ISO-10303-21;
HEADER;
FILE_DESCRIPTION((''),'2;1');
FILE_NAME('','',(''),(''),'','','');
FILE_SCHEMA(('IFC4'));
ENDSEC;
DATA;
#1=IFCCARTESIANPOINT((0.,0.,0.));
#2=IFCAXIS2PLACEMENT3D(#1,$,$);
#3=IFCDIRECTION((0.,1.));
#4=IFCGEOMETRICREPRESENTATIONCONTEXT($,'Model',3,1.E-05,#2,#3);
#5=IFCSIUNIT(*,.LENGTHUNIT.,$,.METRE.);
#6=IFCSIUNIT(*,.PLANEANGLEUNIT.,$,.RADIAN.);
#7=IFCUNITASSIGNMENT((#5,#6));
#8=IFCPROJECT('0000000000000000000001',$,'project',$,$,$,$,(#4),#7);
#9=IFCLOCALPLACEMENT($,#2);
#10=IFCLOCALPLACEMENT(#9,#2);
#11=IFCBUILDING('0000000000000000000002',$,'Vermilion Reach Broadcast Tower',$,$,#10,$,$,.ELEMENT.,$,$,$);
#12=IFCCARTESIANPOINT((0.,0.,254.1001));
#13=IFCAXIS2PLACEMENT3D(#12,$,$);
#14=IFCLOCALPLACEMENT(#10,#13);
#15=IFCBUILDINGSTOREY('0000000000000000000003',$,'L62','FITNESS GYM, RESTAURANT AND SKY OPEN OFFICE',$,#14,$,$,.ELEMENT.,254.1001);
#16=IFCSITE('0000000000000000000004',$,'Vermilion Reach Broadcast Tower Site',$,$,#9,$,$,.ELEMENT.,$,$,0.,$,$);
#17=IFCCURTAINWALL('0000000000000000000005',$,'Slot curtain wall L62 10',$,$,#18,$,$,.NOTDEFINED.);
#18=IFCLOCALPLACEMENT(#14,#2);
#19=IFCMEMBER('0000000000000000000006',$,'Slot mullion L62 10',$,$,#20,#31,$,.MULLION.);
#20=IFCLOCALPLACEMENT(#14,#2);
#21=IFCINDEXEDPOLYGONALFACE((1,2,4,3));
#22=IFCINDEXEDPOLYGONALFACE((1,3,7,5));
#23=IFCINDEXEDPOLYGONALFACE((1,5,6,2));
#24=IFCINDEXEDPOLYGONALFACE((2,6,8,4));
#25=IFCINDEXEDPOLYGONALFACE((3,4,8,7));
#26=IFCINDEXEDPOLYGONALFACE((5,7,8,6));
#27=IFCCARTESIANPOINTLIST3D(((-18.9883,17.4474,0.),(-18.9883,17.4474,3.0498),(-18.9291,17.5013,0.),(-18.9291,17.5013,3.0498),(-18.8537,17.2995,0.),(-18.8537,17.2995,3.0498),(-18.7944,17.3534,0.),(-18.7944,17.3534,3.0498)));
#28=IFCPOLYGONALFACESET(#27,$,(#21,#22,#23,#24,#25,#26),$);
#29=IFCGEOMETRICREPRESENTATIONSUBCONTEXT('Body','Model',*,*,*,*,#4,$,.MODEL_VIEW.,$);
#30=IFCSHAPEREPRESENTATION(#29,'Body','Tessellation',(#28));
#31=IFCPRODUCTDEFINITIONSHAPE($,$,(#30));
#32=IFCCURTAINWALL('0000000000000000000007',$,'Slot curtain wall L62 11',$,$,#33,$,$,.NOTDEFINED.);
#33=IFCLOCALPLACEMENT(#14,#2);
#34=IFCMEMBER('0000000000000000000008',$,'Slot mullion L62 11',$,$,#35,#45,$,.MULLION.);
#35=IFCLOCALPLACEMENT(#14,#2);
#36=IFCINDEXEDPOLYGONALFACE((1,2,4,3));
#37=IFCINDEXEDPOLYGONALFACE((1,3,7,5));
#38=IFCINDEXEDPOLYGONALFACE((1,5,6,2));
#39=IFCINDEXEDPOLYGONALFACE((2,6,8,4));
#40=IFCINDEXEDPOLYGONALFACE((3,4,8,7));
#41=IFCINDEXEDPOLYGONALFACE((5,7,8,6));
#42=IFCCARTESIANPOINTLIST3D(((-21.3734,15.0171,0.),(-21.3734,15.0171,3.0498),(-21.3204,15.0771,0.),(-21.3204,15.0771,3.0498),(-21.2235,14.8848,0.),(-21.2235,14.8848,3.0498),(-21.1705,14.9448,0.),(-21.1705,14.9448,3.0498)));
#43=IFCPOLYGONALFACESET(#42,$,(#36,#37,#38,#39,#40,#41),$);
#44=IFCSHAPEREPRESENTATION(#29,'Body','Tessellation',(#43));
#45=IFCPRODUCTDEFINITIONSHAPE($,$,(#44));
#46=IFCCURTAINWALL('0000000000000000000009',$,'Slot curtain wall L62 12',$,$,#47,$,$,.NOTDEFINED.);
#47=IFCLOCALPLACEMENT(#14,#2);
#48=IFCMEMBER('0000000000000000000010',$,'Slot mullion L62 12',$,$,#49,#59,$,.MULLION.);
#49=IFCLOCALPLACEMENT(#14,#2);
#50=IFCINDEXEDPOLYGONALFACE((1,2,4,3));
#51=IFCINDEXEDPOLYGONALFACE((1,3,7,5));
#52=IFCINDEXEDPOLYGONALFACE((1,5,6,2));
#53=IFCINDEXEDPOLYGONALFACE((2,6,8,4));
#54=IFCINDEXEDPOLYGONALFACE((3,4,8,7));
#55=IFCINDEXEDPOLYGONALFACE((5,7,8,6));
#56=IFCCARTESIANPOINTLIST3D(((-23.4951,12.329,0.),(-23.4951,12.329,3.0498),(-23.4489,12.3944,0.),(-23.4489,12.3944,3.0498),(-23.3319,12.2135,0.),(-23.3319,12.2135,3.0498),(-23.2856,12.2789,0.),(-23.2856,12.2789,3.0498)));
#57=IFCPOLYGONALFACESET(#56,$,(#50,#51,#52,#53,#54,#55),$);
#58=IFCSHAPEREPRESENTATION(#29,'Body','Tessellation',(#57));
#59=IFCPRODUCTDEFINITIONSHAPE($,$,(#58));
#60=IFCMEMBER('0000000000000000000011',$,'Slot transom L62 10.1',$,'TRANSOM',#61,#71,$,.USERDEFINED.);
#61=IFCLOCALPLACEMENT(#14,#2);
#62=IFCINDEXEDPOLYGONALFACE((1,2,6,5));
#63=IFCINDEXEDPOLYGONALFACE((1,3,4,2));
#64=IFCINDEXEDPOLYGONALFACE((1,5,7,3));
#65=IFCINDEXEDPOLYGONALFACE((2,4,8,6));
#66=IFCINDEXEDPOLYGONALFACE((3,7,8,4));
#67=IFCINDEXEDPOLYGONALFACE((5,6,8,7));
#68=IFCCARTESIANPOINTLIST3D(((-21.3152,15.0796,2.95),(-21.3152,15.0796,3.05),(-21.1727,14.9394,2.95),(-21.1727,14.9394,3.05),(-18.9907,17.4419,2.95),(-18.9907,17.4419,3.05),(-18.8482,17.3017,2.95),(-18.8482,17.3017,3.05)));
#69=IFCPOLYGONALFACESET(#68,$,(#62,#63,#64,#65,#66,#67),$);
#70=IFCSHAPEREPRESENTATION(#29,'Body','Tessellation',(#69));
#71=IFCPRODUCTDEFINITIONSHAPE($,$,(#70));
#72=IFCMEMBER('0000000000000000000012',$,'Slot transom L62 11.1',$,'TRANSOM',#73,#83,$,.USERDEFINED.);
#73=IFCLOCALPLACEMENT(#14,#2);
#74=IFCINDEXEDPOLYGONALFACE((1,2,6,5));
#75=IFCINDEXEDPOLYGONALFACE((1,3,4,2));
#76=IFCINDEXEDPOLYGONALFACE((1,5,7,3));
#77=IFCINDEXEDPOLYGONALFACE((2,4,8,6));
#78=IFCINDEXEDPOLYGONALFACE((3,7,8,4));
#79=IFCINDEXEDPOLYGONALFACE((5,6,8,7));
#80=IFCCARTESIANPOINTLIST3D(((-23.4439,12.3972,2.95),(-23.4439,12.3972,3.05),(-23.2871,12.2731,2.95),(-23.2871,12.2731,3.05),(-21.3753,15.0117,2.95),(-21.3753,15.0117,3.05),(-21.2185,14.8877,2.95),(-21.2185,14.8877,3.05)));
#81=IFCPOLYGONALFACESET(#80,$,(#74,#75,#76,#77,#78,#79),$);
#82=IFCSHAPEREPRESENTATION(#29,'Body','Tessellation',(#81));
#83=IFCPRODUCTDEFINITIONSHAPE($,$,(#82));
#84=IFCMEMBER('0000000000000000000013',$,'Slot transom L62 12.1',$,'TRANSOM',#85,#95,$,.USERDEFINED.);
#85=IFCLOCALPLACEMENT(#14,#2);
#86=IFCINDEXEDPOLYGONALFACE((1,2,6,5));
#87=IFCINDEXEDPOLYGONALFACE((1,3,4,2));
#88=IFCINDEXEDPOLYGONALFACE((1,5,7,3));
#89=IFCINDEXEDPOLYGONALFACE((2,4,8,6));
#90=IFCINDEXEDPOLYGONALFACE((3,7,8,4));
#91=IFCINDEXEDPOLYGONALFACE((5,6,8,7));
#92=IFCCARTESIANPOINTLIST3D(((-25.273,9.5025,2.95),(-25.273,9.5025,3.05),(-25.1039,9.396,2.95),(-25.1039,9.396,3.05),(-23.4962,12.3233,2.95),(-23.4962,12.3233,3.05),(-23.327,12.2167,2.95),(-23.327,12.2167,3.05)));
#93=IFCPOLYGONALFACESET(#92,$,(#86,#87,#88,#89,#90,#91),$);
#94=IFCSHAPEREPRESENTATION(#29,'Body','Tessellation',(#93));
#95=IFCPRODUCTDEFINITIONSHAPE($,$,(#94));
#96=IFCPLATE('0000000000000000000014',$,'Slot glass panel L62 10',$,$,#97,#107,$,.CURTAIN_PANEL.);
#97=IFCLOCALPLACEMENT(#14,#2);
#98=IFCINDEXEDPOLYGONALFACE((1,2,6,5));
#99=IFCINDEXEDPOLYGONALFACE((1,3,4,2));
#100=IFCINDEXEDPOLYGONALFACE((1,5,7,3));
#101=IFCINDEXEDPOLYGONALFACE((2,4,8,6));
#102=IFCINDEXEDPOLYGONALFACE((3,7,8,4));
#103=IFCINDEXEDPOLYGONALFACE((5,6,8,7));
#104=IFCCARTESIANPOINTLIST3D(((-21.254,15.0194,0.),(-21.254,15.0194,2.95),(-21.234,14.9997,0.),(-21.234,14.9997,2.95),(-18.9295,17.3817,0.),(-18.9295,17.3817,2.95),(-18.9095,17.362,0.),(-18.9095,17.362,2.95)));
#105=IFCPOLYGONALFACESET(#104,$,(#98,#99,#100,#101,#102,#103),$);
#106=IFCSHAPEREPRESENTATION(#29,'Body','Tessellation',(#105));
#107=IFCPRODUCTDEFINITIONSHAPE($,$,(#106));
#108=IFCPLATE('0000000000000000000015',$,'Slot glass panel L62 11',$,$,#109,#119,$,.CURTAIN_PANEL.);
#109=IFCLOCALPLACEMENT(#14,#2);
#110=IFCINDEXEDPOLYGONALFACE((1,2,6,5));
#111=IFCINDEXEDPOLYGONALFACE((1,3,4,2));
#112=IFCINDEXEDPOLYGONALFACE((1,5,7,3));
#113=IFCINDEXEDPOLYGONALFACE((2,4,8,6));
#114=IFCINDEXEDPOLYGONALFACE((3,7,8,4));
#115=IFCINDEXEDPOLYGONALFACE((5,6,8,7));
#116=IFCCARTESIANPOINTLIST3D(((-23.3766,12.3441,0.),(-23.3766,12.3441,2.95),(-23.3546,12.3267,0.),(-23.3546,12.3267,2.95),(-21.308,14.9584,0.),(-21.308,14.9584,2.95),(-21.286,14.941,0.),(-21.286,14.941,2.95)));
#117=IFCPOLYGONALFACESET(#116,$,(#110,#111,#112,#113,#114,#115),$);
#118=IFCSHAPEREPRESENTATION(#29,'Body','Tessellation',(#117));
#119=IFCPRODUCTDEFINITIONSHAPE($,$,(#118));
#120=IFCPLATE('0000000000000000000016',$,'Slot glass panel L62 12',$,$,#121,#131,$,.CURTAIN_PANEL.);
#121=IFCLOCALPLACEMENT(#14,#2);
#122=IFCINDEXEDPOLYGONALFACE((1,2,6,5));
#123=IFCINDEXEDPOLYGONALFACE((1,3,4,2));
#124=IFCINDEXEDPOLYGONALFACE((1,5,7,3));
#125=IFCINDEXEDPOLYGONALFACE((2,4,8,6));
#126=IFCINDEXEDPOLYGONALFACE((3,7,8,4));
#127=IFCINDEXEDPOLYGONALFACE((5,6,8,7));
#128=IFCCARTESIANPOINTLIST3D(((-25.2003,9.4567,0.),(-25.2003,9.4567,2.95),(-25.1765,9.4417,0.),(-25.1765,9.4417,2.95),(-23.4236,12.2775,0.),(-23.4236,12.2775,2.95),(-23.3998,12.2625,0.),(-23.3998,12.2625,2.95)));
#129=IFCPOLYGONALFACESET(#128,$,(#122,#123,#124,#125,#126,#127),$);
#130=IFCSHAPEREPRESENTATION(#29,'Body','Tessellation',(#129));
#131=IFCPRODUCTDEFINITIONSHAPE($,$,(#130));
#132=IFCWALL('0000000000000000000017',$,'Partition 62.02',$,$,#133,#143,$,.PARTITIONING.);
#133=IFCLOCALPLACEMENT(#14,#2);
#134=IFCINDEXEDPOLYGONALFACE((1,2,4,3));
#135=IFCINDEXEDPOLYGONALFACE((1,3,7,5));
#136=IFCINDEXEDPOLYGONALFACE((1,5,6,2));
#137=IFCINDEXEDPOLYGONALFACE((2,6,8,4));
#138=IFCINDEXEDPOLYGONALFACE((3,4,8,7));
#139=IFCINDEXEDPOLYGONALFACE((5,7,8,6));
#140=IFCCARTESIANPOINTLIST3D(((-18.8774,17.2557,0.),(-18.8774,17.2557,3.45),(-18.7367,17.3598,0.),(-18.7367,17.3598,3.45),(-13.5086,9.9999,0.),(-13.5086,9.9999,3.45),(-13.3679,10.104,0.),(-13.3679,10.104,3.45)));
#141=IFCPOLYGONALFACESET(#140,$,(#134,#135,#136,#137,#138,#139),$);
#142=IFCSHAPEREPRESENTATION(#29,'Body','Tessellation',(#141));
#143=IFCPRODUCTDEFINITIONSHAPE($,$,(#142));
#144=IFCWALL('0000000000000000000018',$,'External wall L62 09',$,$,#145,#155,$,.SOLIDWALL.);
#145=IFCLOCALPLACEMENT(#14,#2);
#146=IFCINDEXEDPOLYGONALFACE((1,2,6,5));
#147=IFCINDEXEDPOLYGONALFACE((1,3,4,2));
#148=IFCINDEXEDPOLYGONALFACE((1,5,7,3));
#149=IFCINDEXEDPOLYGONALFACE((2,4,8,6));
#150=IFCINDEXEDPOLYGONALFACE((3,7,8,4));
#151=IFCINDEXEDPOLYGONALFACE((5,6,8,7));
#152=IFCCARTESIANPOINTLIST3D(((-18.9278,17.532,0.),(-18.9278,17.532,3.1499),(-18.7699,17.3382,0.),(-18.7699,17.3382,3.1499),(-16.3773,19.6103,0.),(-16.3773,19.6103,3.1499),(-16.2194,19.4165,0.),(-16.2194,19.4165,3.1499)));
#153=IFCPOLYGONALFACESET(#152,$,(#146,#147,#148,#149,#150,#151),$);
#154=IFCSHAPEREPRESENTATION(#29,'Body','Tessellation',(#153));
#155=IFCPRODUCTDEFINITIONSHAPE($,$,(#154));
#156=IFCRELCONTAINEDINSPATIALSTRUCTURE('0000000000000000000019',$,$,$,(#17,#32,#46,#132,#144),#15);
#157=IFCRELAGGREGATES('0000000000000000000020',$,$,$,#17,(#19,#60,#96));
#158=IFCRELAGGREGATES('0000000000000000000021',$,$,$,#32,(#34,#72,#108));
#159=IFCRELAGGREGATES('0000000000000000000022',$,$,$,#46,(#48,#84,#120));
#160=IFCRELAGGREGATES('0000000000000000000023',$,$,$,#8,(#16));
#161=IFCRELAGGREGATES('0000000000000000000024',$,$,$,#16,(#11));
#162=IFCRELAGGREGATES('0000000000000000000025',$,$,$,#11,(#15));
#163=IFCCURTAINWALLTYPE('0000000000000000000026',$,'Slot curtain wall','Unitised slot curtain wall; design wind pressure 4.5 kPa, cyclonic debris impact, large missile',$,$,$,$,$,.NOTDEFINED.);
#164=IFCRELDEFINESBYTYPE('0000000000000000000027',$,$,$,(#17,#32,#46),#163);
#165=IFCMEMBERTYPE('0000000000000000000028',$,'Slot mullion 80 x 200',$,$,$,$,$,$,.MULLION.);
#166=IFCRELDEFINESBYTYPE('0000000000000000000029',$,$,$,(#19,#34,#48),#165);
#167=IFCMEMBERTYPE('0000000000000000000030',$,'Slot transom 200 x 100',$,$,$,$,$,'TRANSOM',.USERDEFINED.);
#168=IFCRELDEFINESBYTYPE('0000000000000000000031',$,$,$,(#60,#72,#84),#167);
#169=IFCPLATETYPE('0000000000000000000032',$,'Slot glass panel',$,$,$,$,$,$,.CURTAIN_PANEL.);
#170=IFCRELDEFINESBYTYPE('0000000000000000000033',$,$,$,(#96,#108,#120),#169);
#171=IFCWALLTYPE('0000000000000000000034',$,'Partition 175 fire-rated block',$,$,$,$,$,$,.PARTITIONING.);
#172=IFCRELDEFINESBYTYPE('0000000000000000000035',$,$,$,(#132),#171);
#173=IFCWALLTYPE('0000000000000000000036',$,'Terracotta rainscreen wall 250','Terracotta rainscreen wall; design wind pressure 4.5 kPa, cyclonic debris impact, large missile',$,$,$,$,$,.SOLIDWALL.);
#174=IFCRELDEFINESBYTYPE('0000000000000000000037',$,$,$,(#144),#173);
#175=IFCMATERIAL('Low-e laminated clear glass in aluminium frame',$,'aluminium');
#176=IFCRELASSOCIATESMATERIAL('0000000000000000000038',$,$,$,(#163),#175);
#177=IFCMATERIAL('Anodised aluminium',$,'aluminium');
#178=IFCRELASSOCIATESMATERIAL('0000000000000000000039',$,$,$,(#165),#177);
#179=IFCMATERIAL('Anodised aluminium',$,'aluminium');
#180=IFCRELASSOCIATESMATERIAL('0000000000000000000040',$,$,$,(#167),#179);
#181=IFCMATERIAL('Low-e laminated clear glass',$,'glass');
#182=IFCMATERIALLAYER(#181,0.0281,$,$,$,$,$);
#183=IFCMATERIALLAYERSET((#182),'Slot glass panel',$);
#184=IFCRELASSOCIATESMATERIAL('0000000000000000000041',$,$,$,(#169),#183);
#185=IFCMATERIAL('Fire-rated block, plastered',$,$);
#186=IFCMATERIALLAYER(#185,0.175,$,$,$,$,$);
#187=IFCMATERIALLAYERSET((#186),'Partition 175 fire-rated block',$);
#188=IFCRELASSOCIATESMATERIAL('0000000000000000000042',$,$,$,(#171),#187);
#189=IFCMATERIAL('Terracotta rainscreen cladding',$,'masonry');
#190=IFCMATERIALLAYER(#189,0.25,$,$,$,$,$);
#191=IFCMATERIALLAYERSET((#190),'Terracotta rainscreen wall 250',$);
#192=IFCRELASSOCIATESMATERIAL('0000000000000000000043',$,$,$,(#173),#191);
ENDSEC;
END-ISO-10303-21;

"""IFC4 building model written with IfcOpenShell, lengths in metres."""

from ifc_helpers import new_model, si_unit, direction, frame, frame_2d, origin, origin_2d, place, context, subcontext, project, spatial, rectangle, extrude, material, layer, layer_set, material_profile, profile_set, type_object, element, aggregate, save


model = new_model("IFC4")

# Units and contexts
model_context = context("Model", 3, precision=1e-05, world=origin(), true_north=direction((0.0, 1.0)))
body_context = subcontext(model_context, "Body", "Model", "MODEL_VIEW")
ifc_project = project(units=[si_unit("LENGTHUNIT", "METRE"), si_unit("PLANEANGLEUNIT", "RADIAN")], contexts=[model_context])

# Site, building, storey
site_placement = place(None, origin())
site = spatial("IfcSite", under=ifc_project, at=site_placement, Name="Vermilion Reach Broadcast Tower Site", CompositionType="ELEMENT", RefElevation=0.0)
building_placement = place(site_placement, origin())
building = spatial("IfcBuilding", under=site, at=building_placement, Name="Vermilion Reach Broadcast Tower", CompositionType="ELEMENT")
storey_placement = place(building_placement, frame((0.0, 0.0, 254.1001)))
storey = spatial("IfcBuildingStorey", under=building, at=storey_placement, Name="L62", Description="FITNESS GYM, RESTAURANT AND SKY OPEN OFFICE", CompositionType="ELEMENT", Elevation=254.1001)

# Curtain walls, members
ifc_material_1 = material(Name="Low-e laminated clear glass in aluminium frame", Category="aluminium")
curtain_wall_type = type_object("IfcCurtainWallType", Name="Slot curtain wall", Description="Unitised slot curtain wall; design wind pressure 4.5 kPa, cyclonic debris impact, large missile", PredefinedType="NOTDEFINED", material=ifc_material_1)
placement = place(storey_placement, origin())
curtain_wall_1 = element("IfcCurtainWall", 1, at=placement, inside=storey, type_object=curtain_wall_type, Name="Slot curtain wall L62 10", PredefinedType="NOTDEFINED")
ifc_material_2 = material(Name="Anodised aluminium", Category="aluminium")
ifc_material_profile_1 = material_profile(ifc_material_2, rectangle(XDim=0.2, YDim=0.0801, at=origin_2d()), Name="Slot mullion 80 x 200")
ifc_profile_set_1 = profile_set([ifc_material_profile_1], Name="Anodised aluminium")
member_type_1 = type_object("IfcMemberType", Name="Slot mullion 80 x 200", PredefinedType="MULLION", material=ifc_profile_set_1)
member_1_placement = place(storey_placement, frame((-18.8914, 17.4004, 0.0), z_axis=(0.0, 0.0, 1.0), x_axis=(0.673258, -0.739408, 0.0)))
member_1 = element("IfcMember", 2, at=member_1_placement, type_object=member_type_1, Name="Slot mullion L62 10", PredefinedType="MULLION", context=body_context, shape_type="SweptSolid", body=[
    extrude(rectangle(XDim=0.2, YDim=0.0801, at=origin_2d()), origin(), (0.0, 0.0, 1.0), 3.0498),
])
curtain_wall_2 = element("IfcCurtainWall", 3, at=placement, inside=storey, type_object=curtain_wall_type, Name="Slot curtain wall L62 11", PredefinedType="NOTDEFINED")
member_2_placement = place(storey_placement, frame((-21.272, 14.981, 0.0), z_axis=(0.0, 0.0, 1.0), x_axis=(0.749581, -0.661913, 0.0)))
member_2 = element("IfcMember", 4, at=member_2_placement, type_object=member_type_1, Name="Slot mullion L62 11", PredefinedType="MULLION", context=body_context, shape_type="SweptSolid", body=[
    extrude(rectangle(XDim=0.2, YDim=0.0801, at=origin_2d()), origin(), (0.0, 0.0, 1.0), 3.0498),
])
curtain_wall_3 = element("IfcCurtainWall", 5, at=placement, inside=storey, type_object=curtain_wall_type, Name="Slot curtain wall L62 12", PredefinedType="NOTDEFINED")
member_3_placement = place(storey_placement, frame((-23.3904, 12.304, 0.0), z_axis=(0.0, 0.0, 1.0), x_axis=(0.816339, -0.577573, 0.0)))
member_3 = element("IfcMember", 6, at=member_3_placement, type_object=member_type_1, Name="Slot mullion L62 12", PredefinedType="MULLION", context=body_context, shape_type="SweptSolid", body=[
    extrude(rectangle(XDim=0.2, YDim=0.0801, at=origin_2d()), origin(), (0.0, 0.0, 1.0), 3.0498),
])

# Members
ifc_material_3 = material(Name="Anodised aluminium", Category="aluminium")
ifc_material_profile_2 = material_profile(ifc_material_3, rectangle(XDim=0.2, YDim=0.1001, at=origin_2d()), Name="Slot transom 200 x 100")
ifc_profile_set_2 = profile_set([ifc_material_profile_2], Name="Anodised aluminium")
member_type_2 = type_object("IfcMemberType", Name="Slot transom 200 x 100", ElementType="TRANSOM", PredefinedType="USERDEFINED", material=ifc_profile_set_2)
member_4_placement = place(storey_placement, frame((-18.9194, 17.3718, 3.0), z_axis=(-0.701375, -0.712793, 0.0), x_axis=(0.712793, -0.701375, 0.0)))
member_4 = element("IfcMember", 7, at=member_4_placement, type_object=member_type_2, Name="Slot transom L62 10.1", ObjectType="TRANSOM", PredefinedType="USERDEFINED", context=body_context, shape_type="SweptSolid", body=[
    extrude(rectangle(XDim=0.2, YDim=0.1001, at=origin_2d()), origin(), (0.0, 0.0, 1.0), 3.3142),
])
member_5_placement = place(storey_placement, frame((-21.2969, 14.9497, 3.0), z_axis=(-0.62048, -0.784222, 0.0), x_axis=(0.784222, -0.62048, 0.0)))
member_5 = element("IfcMember", 8, at=member_5_placement, type_object=member_type_2, Name="Slot transom L62 11.1", ObjectType="TRANSOM", PredefinedType="USERDEFINED", context=body_context, shape_type="SweptSolid", body=[
    extrude(rectangle(XDim=0.2, YDim=0.1001, at=origin_2d()), origin(), (0.0, 0.0, 1.0), 3.334),
])
member_6_placement = place(storey_placement, frame((-23.4116, 12.27, 3.0), z_axis=(-0.532984, -0.846125, 0.0), x_axis=(0.846125, -0.532984, 0.0)))
member_6 = element("IfcMember", 9, at=member_6_placement, type_object=member_type_2, Name="Slot transom L62 12.1", ObjectType="TRANSOM", PredefinedType="USERDEFINED", context=body_context, shape_type="SweptSolid", body=[
    extrude(rectangle(XDim=0.2, YDim=0.1001, at=origin_2d()), origin(), (0.0, 0.0, 1.0), 3.3337),
])

# Plates
ifc_material_4 = material(Name="Low-e laminated clear glass", Category="glass")
ifc_layer_1 = layer(ifc_material_4, 0.0281)
ifc_layer_set_1 = layer_set([ifc_layer_1], Name="Slot glass panel")
plate_type = type_object("IfcPlateType", Name="Slot glass panel", PredefinedType="CURTAIN_PANEL", material=ifc_layer_set_1)
plate_1_placement = place(storey_placement, frame((-20.0818, 16.1907, 0.0), z_axis=(0.0, 0.0, 1.0), x_axis=(-0.701377, -0.712791, 0.0)))
plate_1 = element("IfcPlate", 10, at=plate_1_placement, type_object=plate_type, Name="Slot glass panel L62 10", PredefinedType="CURTAIN_PANEL", context=body_context, shape_type="SweptSolid", body=[
    extrude(rectangle(XDim=3.3142, YDim=0.0281, at=origin_2d()), origin(), (0.0, 0.0, 1.0), 2.95),
])
aggregate(curtain_wall_1, [member_1, member_4, plate_1])
plate_2_placement = place(storey_placement, frame((-22.3313, 13.6426, 0.0), z_axis=(0.0, 0.0, 1.0), x_axis=(-0.620523, -0.784189, 0.0)))
plate_2 = element("IfcPlate", 11, at=plate_2_placement, type_object=plate_type, Name="Slot glass panel L62 11", PredefinedType="CURTAIN_PANEL", context=body_context, shape_type="SweptSolid", body=[
    extrude(rectangle(XDim=3.3337, YDim=0.0281, at=origin_2d()), origin(), (0.0, 0.0, 1.0), 2.95),
])
aggregate(curtain_wall_2, [member_2, member_5, plate_2])
plate_3_placement = place(storey_placement, frame((-24.3, 10.8596, 0.0), z_axis=(0.0, 0.0, 1.0), x_axis=(-0.53296, -0.84614, 0.0)))
plate_3 = element("IfcPlate", 12, at=plate_3_placement, type_object=plate_type, Name="Slot glass panel L62 12", PredefinedType="CURTAIN_PANEL", context=body_context, shape_type="SweptSolid", body=[
    extrude(rectangle(XDim=3.3337, YDim=0.0281, at=origin_2d()), origin(), (0.0, 0.0, 1.0), 2.95),
])
aggregate(curtain_wall_3, [member_3, member_6, plate_3])

# Walls
ifc_material_5 = material(Name="Fire-rated block, plastered")
ifc_layer_2 = layer(ifc_material_5, 0.175)
ifc_layer_set_2 = layer_set([ifc_layer_2], Name="Partition 175 fire-rated block")
wall_type_1 = type_object("IfcWallType", Name="Partition 175 fire-rated block", PredefinedType="PARTITIONING", material=ifc_layer_set_2)
wall_1_placement = place(storey_placement, frame((-18.8071, 17.3079, 0.0), z_axis=(0.0, 0.0, 1.0), x_axis=(0.594812, -0.803865, 0.0)))
element("IfcWall", 13, at=wall_1_placement, inside=storey, type_object=wall_type_1, Name="Partition 62.02", PredefinedType="PARTITIONING", context=body_context, shape_type="SweptSolid", body=[
    extrude(rectangle(XDim=9.0261, YDim=0.175, at=frame_2d((4.5132, 0.0))), origin(), (0.0, 0.0, 1.0), 3.45),
])
ifc_material_6 = material(Name="Terracotta rainscreen cladding", Category="masonry")
ifc_layer_3 = layer(ifc_material_6, 0.25)
ifc_layer_set_3 = layer_set([ifc_layer_3], Name="Terracotta rainscreen wall 250")
wall_type_2 = type_object("IfcWallType", Name="Terracotta rainscreen wall 250", Description="Terracotta rainscreen wall; design wind pressure 4.5 kPa, cyclonic debris impact, large missile", PredefinedType="SOLIDWALL", material=ifc_layer_set_3)
wall_2_placement = place(storey_placement, frame((-16.2983, 19.5134, 0.0), z_axis=(0.0, 0.0, 1.0), x_axis=(-0.775212, -0.631701, 0.0)))
element("IfcWall", 14, at=wall_2_placement, inside=storey, type_object=wall_type_2, Name="External wall L62 09", PredefinedType="SOLIDWALL", context=body_context, shape_type="SweptSolid", body=[
    extrude(rectangle(XDim=3.29, YDim=0.25, at=frame_2d((1.645, 0.0))), origin(), (0.0, 0.0, 1.0), 3.1499),
])

save(model, "model.ifc")
